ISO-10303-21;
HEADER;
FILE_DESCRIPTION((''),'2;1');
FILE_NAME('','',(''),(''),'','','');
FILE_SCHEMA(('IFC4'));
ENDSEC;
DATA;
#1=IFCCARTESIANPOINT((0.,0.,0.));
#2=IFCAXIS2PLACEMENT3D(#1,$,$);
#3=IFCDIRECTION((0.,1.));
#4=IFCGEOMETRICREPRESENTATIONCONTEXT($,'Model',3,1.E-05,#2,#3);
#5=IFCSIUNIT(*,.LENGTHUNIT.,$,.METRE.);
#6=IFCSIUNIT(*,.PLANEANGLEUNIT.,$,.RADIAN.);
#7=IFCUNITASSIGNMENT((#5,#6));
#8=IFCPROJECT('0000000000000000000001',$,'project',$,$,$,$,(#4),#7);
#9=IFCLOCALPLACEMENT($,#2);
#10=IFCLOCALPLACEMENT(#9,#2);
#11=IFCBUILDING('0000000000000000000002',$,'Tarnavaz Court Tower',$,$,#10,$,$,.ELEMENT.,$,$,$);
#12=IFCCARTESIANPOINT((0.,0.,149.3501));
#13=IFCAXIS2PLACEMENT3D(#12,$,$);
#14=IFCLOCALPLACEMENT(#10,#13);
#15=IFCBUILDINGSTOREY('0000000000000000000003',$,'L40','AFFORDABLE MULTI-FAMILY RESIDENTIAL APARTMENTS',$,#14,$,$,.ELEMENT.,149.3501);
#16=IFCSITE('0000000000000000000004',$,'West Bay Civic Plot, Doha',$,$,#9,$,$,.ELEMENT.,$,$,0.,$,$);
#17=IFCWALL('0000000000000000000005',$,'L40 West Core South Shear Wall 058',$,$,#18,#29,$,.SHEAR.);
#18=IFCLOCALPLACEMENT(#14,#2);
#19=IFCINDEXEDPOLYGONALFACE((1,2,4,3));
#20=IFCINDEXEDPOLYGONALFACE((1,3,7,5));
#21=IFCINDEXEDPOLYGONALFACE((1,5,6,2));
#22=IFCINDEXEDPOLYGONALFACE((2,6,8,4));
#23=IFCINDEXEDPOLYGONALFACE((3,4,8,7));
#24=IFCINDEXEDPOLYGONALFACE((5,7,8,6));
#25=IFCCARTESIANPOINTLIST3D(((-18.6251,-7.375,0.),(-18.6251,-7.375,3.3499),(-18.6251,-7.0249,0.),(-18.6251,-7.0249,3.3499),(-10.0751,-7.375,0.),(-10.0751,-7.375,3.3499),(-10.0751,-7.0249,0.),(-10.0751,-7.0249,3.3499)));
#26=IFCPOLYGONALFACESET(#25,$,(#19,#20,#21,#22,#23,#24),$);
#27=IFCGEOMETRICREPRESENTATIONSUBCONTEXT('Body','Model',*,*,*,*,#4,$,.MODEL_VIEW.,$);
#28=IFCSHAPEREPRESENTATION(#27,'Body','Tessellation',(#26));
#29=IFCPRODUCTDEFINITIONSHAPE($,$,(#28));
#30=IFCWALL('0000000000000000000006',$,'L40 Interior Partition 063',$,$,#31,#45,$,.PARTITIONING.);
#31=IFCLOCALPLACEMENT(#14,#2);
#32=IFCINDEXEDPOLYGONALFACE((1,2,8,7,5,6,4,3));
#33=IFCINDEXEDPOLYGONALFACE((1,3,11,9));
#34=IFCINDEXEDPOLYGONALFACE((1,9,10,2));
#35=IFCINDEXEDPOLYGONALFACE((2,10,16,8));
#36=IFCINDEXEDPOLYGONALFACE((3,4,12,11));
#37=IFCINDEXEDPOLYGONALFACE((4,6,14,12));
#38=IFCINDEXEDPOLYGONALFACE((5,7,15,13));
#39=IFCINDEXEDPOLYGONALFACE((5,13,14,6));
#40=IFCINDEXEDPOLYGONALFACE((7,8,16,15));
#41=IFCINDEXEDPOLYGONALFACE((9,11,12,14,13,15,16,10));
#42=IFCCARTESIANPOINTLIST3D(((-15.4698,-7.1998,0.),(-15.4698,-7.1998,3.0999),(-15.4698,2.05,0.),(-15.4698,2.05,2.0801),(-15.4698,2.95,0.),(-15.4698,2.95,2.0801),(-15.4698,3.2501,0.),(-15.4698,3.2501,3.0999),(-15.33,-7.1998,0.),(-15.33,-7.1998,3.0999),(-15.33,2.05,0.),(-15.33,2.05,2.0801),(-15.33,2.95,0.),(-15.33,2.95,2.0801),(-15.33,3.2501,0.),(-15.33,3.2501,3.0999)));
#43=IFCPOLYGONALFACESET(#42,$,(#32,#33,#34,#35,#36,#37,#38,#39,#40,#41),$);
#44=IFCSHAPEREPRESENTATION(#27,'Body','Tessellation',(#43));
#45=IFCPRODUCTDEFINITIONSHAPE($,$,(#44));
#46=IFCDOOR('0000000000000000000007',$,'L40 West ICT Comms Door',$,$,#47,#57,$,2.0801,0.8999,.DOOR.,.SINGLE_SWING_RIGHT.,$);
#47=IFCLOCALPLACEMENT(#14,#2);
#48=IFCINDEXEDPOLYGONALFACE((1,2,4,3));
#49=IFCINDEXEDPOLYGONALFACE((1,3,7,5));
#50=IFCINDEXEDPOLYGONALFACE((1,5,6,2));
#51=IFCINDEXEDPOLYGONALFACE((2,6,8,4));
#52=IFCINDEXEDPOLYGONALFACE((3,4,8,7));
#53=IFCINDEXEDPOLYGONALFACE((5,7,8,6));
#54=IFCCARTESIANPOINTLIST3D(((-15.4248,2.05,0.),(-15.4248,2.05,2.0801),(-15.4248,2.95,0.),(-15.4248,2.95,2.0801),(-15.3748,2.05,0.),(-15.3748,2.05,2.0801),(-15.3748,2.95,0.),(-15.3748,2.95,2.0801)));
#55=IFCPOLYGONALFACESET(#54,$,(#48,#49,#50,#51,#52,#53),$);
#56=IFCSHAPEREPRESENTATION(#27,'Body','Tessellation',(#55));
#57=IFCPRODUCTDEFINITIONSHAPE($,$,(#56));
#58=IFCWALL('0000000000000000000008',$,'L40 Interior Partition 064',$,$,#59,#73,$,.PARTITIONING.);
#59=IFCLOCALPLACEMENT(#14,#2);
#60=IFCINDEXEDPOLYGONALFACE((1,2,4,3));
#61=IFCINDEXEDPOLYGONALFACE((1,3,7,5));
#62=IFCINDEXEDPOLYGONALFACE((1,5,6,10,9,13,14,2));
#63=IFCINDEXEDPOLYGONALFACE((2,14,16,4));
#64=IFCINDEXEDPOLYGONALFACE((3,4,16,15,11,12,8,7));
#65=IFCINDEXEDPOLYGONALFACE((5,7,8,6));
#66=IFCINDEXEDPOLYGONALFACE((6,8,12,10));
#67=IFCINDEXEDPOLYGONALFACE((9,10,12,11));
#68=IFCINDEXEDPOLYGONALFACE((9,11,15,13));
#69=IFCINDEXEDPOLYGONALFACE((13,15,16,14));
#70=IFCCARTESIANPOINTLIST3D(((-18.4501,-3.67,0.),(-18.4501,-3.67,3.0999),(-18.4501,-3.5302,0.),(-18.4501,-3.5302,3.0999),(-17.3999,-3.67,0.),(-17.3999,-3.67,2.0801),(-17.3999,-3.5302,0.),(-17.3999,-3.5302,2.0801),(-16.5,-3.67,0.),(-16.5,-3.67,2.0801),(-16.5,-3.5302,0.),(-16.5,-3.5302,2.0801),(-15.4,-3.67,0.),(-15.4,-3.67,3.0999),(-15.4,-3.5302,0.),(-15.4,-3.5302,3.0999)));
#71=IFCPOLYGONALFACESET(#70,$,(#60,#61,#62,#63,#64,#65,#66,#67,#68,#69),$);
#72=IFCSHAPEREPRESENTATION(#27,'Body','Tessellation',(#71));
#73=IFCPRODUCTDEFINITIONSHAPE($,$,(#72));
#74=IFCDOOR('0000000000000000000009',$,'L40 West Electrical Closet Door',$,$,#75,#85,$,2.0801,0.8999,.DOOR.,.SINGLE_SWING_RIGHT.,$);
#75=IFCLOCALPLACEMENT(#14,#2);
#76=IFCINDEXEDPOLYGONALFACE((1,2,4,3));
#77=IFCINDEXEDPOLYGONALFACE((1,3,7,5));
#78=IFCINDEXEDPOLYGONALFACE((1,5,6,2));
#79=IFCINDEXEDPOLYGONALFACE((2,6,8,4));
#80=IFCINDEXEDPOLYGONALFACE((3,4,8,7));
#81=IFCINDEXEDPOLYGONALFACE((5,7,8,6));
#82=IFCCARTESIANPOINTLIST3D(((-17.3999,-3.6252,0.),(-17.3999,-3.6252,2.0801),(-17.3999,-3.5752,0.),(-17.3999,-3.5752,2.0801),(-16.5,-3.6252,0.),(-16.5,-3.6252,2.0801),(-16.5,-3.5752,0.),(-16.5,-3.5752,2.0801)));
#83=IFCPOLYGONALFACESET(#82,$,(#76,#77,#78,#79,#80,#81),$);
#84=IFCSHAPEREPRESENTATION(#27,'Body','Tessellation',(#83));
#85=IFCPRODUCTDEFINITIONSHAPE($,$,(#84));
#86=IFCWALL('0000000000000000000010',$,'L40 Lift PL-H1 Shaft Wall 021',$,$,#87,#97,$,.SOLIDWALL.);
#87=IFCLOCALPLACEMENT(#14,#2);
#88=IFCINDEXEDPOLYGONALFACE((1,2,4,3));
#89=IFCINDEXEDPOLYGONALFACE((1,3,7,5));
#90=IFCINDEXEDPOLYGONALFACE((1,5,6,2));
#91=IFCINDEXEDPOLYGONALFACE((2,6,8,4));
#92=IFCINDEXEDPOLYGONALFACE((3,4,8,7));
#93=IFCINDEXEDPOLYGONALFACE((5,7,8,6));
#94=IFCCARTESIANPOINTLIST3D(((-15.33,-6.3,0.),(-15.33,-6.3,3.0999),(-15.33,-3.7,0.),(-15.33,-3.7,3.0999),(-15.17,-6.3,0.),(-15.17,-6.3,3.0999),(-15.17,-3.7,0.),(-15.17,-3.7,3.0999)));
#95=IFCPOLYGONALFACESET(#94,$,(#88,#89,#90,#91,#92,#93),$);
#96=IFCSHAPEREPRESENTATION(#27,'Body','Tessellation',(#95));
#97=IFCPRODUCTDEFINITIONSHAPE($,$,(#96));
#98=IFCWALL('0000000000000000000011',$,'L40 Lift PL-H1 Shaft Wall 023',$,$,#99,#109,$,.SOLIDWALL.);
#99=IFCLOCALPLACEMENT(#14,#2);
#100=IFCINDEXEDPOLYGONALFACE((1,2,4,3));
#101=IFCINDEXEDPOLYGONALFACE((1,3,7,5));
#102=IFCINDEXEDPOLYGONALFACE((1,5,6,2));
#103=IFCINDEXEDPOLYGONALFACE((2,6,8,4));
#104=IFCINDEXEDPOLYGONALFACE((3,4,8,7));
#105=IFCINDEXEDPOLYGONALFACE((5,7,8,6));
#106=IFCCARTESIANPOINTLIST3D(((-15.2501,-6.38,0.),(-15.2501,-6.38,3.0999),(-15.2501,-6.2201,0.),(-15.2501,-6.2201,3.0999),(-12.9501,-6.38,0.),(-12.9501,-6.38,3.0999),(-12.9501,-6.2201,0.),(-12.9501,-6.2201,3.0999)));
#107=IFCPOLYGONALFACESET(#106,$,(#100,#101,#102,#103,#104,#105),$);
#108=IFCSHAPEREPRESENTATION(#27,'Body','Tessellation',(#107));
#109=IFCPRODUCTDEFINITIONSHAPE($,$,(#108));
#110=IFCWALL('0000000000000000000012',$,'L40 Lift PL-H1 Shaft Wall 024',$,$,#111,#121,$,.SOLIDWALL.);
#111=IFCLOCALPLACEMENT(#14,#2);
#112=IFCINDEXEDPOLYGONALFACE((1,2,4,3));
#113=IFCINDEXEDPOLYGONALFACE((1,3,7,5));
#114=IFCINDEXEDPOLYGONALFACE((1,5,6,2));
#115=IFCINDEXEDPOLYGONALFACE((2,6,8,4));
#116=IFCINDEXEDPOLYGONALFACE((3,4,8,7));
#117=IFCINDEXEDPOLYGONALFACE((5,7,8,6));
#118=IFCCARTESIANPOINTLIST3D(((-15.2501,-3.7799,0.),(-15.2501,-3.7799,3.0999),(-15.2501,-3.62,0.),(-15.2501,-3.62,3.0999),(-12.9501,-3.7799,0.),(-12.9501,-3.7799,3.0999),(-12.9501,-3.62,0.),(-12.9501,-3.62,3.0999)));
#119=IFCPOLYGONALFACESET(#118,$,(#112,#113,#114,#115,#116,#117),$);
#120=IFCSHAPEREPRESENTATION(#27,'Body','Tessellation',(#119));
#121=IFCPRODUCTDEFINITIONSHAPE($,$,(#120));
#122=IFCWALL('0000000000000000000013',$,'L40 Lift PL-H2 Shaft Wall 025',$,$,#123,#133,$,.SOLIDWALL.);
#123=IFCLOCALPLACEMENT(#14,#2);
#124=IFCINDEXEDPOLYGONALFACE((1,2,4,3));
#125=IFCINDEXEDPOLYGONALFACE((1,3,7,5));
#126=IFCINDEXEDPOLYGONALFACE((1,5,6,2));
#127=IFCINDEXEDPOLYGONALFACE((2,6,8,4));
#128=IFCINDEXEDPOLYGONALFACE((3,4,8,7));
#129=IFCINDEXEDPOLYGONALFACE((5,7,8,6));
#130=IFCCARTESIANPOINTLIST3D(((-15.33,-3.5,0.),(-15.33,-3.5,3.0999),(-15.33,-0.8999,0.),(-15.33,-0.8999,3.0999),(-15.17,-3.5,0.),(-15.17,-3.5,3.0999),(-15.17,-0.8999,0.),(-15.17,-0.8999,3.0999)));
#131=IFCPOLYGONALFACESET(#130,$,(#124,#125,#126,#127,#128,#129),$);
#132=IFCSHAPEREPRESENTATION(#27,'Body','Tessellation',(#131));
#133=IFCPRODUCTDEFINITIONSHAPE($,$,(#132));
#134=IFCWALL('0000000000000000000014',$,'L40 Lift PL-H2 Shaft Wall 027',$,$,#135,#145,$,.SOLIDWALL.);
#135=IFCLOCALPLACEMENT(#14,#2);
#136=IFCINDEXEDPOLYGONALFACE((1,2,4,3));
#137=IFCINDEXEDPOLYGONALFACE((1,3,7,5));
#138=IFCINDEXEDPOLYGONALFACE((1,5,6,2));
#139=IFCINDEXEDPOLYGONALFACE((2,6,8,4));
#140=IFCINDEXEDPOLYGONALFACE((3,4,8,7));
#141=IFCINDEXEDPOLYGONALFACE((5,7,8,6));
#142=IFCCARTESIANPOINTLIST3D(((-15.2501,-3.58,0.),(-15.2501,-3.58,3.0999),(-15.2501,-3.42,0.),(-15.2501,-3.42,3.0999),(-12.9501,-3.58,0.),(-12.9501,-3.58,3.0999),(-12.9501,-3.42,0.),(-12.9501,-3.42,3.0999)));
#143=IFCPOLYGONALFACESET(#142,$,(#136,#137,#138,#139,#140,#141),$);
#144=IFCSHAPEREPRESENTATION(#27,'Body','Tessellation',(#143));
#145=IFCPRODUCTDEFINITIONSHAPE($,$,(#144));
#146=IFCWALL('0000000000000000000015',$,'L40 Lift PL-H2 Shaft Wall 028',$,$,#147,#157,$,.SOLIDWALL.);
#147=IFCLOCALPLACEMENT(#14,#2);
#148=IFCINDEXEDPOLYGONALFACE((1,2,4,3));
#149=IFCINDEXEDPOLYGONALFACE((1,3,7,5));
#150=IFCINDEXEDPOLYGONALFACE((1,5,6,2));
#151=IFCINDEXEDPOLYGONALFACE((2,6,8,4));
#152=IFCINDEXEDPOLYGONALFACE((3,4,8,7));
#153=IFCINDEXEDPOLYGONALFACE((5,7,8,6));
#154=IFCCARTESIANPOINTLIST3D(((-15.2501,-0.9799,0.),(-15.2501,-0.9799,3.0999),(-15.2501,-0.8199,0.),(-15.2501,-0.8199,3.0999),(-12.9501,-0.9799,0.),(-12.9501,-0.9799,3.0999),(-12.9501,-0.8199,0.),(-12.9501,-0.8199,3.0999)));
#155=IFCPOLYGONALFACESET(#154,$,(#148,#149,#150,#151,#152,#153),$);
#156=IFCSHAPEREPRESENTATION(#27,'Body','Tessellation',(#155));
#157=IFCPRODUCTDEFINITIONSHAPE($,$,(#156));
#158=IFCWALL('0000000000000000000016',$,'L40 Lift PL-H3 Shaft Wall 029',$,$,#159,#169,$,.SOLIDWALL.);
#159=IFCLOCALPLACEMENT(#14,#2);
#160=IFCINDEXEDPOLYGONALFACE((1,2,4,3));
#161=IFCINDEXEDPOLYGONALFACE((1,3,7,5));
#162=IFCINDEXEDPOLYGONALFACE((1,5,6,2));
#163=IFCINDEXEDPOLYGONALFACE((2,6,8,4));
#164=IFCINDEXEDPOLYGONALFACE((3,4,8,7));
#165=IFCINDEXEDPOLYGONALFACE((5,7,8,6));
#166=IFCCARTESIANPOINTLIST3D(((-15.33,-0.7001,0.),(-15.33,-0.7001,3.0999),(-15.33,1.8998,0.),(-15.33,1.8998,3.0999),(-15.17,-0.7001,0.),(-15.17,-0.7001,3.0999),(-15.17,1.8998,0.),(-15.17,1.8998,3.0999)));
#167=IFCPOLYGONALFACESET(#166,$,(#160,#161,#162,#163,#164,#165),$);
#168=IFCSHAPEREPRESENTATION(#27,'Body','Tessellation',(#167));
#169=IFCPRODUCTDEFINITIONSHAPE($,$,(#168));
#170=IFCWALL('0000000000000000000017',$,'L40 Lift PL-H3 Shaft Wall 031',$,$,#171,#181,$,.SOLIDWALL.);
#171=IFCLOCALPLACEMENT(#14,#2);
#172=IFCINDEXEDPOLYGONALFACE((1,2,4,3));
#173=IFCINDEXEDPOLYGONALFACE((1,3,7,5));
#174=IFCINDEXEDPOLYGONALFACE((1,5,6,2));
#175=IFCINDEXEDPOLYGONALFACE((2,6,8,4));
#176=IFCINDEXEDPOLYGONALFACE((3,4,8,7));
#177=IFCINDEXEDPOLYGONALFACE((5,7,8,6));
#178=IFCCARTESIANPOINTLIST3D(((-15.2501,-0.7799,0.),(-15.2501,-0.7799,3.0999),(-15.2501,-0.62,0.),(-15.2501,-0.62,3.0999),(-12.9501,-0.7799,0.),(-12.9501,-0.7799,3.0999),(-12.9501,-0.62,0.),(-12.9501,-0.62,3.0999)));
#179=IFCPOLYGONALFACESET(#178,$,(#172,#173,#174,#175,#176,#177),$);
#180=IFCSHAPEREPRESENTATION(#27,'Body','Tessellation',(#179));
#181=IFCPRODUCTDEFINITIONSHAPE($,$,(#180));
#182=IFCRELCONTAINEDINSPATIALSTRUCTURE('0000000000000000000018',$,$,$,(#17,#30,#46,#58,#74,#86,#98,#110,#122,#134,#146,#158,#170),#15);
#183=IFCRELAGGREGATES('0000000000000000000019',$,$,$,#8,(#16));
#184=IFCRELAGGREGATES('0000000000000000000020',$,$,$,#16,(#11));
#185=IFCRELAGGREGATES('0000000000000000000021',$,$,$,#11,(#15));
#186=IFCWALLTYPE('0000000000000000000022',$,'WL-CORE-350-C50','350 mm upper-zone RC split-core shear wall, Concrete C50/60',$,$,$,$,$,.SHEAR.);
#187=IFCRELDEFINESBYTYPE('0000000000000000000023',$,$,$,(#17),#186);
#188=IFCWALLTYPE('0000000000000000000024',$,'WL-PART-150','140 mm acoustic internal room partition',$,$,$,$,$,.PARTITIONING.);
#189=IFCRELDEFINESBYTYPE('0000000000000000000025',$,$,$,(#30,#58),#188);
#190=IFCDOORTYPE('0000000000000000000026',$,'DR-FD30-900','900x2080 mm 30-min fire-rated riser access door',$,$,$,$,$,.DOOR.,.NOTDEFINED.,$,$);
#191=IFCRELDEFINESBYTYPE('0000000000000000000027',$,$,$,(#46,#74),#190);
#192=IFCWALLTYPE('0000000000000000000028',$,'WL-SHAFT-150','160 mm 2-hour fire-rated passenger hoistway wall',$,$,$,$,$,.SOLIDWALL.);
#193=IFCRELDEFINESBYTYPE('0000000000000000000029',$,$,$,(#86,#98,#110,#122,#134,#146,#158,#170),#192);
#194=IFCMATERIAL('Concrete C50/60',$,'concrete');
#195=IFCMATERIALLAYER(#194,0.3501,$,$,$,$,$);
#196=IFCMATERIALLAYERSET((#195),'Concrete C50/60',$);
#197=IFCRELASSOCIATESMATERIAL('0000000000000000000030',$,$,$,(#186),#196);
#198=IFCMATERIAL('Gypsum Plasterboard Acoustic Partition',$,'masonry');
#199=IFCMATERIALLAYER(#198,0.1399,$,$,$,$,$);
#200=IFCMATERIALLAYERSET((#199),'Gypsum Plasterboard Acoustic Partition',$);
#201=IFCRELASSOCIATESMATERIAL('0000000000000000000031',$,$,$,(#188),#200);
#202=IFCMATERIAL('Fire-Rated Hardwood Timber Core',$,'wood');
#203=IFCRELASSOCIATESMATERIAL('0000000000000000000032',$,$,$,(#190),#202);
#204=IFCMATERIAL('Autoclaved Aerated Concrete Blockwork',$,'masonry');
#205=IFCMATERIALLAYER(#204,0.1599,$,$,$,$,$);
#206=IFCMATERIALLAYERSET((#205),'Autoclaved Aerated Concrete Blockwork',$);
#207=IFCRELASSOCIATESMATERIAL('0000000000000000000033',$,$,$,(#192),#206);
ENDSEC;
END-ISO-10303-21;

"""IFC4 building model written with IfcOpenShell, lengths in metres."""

from ifc_helpers import new_model, si_unit, direction, frame, frame_2d, origin, place, context, subcontext, project, spatial, rectangle, extrude, material, layer, layer_set, type_object, element, fill, save


model = new_model("IFC4")

# Units and contexts
model_context = context("Model", 3, precision=1e-05, world=origin(), true_north=direction((0.0, 1.0)))
body_context = subcontext(model_context, "Body", "Model", "MODEL_VIEW")
ifc_project = project(units=[si_unit("LENGTHUNIT", "METRE"), si_unit("PLANEANGLEUNIT", "RADIAN")], contexts=[model_context])

# Site, building, storey
site_placement = place(None, origin())
site = spatial("IfcSite", under=ifc_project, at=site_placement, Name="West Bay Civic Plot, Doha", CompositionType="ELEMENT", RefElevation=0.0)
building_placement = place(site_placement, origin())
building = spatial("IfcBuilding", under=site, at=building_placement, Name="Tarnavaz Court Tower", CompositionType="ELEMENT")
storey_placement = place(building_placement, frame((0.0, 0.0, 149.3501)))
storey = spatial("IfcBuildingStorey", under=building, at=storey_placement, Name="L40", Description="AFFORDABLE MULTI-FAMILY RESIDENTIAL APARTMENTS", CompositionType="ELEMENT", Elevation=149.3501)

# Shared definitions
ifc_material_1 = material(Name="Concrete C50/60", Category="concrete")

# Wall
ifc_layer_1 = layer(ifc_material_1, 0.3501)
ifc_layer_set_1 = layer_set([ifc_layer_1], Name="Concrete C50/60")
wall_type_1 = type_object("IfcWallType", Name="WL-CORE-350-C50", Description="350 mm upper-zone RC split-core shear wall, Concrete C50/60", PredefinedType="SHEAR", material=ifc_layer_set_1)
wall_1_placement = place(storey_placement, frame((-18.625, -7.2, 0.0), z_axis=(0.0, 0.0, 1.0), x_axis=(1.0, 0.0, 0.0)))
element("IfcWall", 1, at=wall_1_placement, inside=storey, type_object=wall_type_1, Name="L40 West Core South Shear Wall 058", PredefinedType="SHEAR", context=body_context, shape_type="SweptSolid", body=[
    extrude(rectangle(XDim=8.55, YDim=0.3501, at=frame_2d((4.2749, 0.0))), origin(), (0.0, 0.0, 1.0), 3.3499),
])

# Walls, openings, doors
ifc_material_2 = material(Name="Gypsum Plasterboard Acoustic Partition", Category="masonry")
ifc_layer_2 = layer(ifc_material_2, 0.1399)
ifc_layer_set_2 = layer_set([ifc_layer_2], Name="Gypsum Plasterboard Acoustic Partition")
wall_type_2 = type_object("IfcWallType", Name="WL-PART-150", Description="140 mm acoustic internal room partition", PredefinedType="PARTITIONING", material=ifc_layer_set_2)
wall_2_placement = place(storey_placement, frame((-15.3999, -7.2, 0.0), z_axis=(0.0, 0.0, 1.0), x_axis=(0.0, 1.0, 0.0)))
wall_2 = element("IfcWall", 2, at=wall_2_placement, inside=storey, type_object=wall_type_2, Name="L40 Interior Partition 063", PredefinedType="PARTITIONING", context=body_context, shape_type="SweptSolid", body=[
    extrude(rectangle(XDim=10.45, YDim=0.1399, at=frame_2d((5.2251, 0.0))), origin(), (0.0, 0.0, 1.0), 3.0999),
])
opening_1_placement = place(wall_2_placement, frame((9.25, 0.0, 0.0)))
opening_1 = element("IfcOpeningElement", 3, at=opening_1_placement, cuts=wall_2, PredefinedType="OPENING", context=body_context, shape_type="SweptSolid", body=[
    extrude(rectangle(XDim=0.8999, YDim=2.0801, at=frame_2d((0.45, 1.04))), frame((0.0, 0.0798, 0.0), z_axis=(0.0, -1.0, 0.0), x_axis=(1.0, 0.0, 0.0)), (0.0, 0.0, 1.0), 0.1599),
])
ifc_material_3 = material(Name="Fire-Rated Hardwood Timber Core", Category="wood")
door_type = type_object("IfcDoorType", Name="DR-FD30-900", Description="900x2080 mm 30-min fire-rated riser access door", OperationType="NOTDEFINED", PredefinedType="DOOR", material=ifc_material_3)
door_1_placement = place(opening_1_placement, origin())
door_1 = element("IfcDoor", 4, at=door_1_placement, inside=storey, type_object=door_type, Name="L40 West ICT Comms Door", OperationType="SINGLE_SWING_RIGHT", OverallHeight=2.0801, OverallWidth=0.8999, PredefinedType="DOOR", context=body_context, shape_type="SweptSolid", body=[
    extrude(rectangle(XDim=0.8999, YDim=2.0801, at=frame_2d((0.45, 1.04))), frame((0.0, 0.0249, 0.0), z_axis=(0.0, -1.0, 0.0), x_axis=(1.0, 0.0, 0.0)), (0.0, 0.0, 1.0), 0.05),
])
fill(opening_1, door_1)
wall_3_placement = place(storey_placement, frame((-18.45, -3.6001, 0.0), z_axis=(0.0, 0.0, 1.0), x_axis=(1.0, 0.0, 0.0)))
wall_3 = element("IfcWall", 5, at=wall_3_placement, inside=storey, type_object=wall_type_2, Name="L40 Interior Partition 064", PredefinedType="PARTITIONING", context=body_context, shape_type="SweptSolid", body=[
    extrude(rectangle(XDim=3.05, YDim=0.1399, at=frame_2d((1.5249, 0.0))), origin(), (0.0, 0.0, 1.0), 3.0999),
])
opening_2_placement = place(wall_3_placement, frame((1.05, 0.0, 0.0)))
opening_2 = element("IfcOpeningElement", 6, at=opening_2_placement, cuts=wall_3, PredefinedType="OPENING", context=body_context, shape_type="SweptSolid", body=[
    extrude(rectangle(XDim=0.8999, YDim=2.0801, at=frame_2d((0.45, 1.04))), frame((0.0, 0.0798, 0.0), z_axis=(0.0, -1.0, 0.0), x_axis=(1.0, 0.0, 0.0)), (0.0, 0.0, 1.0), 0.1599),
])
door_2_placement = place(opening_2_placement, origin())
door_2 = element("IfcDoor", 7, at=door_2_placement, inside=storey, type_object=door_type, Name="L40 West Electrical Closet Door", OperationType="SINGLE_SWING_RIGHT", OverallHeight=2.0801, OverallWidth=0.8999, PredefinedType="DOOR", context=body_context, shape_type="SweptSolid", body=[
    extrude(rectangle(XDim=0.8999, YDim=2.0801, at=frame_2d((0.45, 1.04))), frame((0.0, 0.0249, 0.0), z_axis=(0.0, -1.0, 0.0), x_axis=(1.0, 0.0, 0.0)), (0.0, 0.0, 1.0), 0.05),
])
fill(opening_2, door_2)

# Walls
ifc_material_4 = material(Name="Autoclaved Aerated Concrete Blockwork", Category="masonry")
ifc_layer_3 = layer(ifc_material_4, 0.1599)
ifc_layer_set_3 = layer_set([ifc_layer_3], Name="Autoclaved Aerated Concrete Blockwork")
wall_type_3 = type_object("IfcWallType", Name="WL-SHAFT-150", Description="160 mm 2-hour fire-rated passenger hoistway wall", PredefinedType="SOLIDWALL", material=ifc_layer_set_3)
wall_4_placement = place(storey_placement, frame((-15.25, -6.3, 0.0), z_axis=(0.0, 0.0, 1.0), x_axis=(0.0, 1.0, 0.0)))
element("IfcWall", 8, at=wall_4_placement, inside=storey, type_object=wall_type_3, Name="L40 Lift PL-H1 Shaft Wall 021", PredefinedType="SOLIDWALL", context=body_context, shape_type="SweptSolid", body=[
    extrude(rectangle(XDim=2.6001, YDim=0.1599, at=frame_2d((1.3, 0.0))), origin(), (0.0, 0.0, 1.0), 3.0999),
])
for number, where, z_axis, x_axis, name in (
    (9, (-15.25, -6.3, 0.0), (0.0, 0.0, 1.0), (1.0, 0.0, 0.0), "L40 Lift PL-H1 Shaft Wall 023"),
    (10, (-15.25, -3.7, 0.0), (0.0, 0.0, 1.0), (1.0, 0.0, 0.0), "L40 Lift PL-H1 Shaft Wall 024"),
):
    element("IfcWall", number, at=place(storey_placement, frame(where, z_axis=z_axis, x_axis=x_axis)), inside=storey, type_object=wall_type_3, Name=name, PredefinedType="SOLIDWALL", context=body_context, shape_type="SweptSolid", body=[
        extrude(rectangle(XDim=2.3, YDim=0.1599, at=frame_2d((1.1499, 0.0))), origin(), (0.0, 0.0, 1.0), 3.0999),
    ])
wall_5_placement = place(storey_placement, frame((-15.25, -3.5, 0.0), z_axis=(0.0, 0.0, 1.0), x_axis=(0.0, 1.0, 0.0)))
element("IfcWall", 11, at=wall_5_placement, inside=storey, type_object=wall_type_3, Name="L40 Lift PL-H2 Shaft Wall 025", PredefinedType="SOLIDWALL", context=body_context, shape_type="SweptSolid", body=[
    extrude(rectangle(XDim=2.6001, YDim=0.1599, at=frame_2d((1.3, 0.0))), origin(), (0.0, 0.0, 1.0), 3.0999),
])
for number, where, z_axis, x_axis, name in (
    (12, (-15.25, -3.5, 0.0), (0.0, 0.0, 1.0), (1.0, 0.0, 0.0), "L40 Lift PL-H2 Shaft Wall 027"),
    (13, (-15.25, -0.8999, 0.0), (0.0, 0.0, 1.0), (1.0, 0.0, 0.0), "L40 Lift PL-H2 Shaft Wall 028"),
):
    element("IfcWall", number, at=place(storey_placement, frame(where, z_axis=z_axis, x_axis=x_axis)), inside=storey, type_object=wall_type_3, Name=name, PredefinedType="SOLIDWALL", context=body_context, shape_type="SweptSolid", body=[
        extrude(rectangle(XDim=2.3, YDim=0.1599, at=frame_2d((1.1499, 0.0))), origin(), (0.0, 0.0, 1.0), 3.0999),
    ])
wall_6_placement = place(storey_placement, frame((-15.25, -0.7, 0.0), z_axis=(0.0, 0.0, 1.0), x_axis=(0.0, 1.0, 0.0)))
element("IfcWall", 14, at=wall_6_placement, inside=storey, type_object=wall_type_3, Name="L40 Lift PL-H3 Shaft Wall 029", PredefinedType="SOLIDWALL", context=body_context, shape_type="SweptSolid", body=[
    extrude(rectangle(XDim=2.5999, YDim=0.1599, at=frame_2d((1.2998, 0.0))), origin(), (0.0, 0.0, 1.0), 3.0999),
])
wall_7_placement = place(storey_placement, frame((-15.25, -0.7, 0.0), z_axis=(0.0, 0.0, 1.0), x_axis=(1.0, 0.0, 0.0)))
element("IfcWall", 15, at=wall_7_placement, inside=storey, type_object=wall_type_3, Name="L40 Lift PL-H3 Shaft Wall 031", PredefinedType="SOLIDWALL", context=body_context, shape_type="SweptSolid", body=[
    extrude(rectangle(XDim=2.3, YDim=0.1599, at=frame_2d((1.1499, 0.0))), origin(), (0.0, 0.0, 1.0), 3.0999),
])

save(model, "model.ifc")
